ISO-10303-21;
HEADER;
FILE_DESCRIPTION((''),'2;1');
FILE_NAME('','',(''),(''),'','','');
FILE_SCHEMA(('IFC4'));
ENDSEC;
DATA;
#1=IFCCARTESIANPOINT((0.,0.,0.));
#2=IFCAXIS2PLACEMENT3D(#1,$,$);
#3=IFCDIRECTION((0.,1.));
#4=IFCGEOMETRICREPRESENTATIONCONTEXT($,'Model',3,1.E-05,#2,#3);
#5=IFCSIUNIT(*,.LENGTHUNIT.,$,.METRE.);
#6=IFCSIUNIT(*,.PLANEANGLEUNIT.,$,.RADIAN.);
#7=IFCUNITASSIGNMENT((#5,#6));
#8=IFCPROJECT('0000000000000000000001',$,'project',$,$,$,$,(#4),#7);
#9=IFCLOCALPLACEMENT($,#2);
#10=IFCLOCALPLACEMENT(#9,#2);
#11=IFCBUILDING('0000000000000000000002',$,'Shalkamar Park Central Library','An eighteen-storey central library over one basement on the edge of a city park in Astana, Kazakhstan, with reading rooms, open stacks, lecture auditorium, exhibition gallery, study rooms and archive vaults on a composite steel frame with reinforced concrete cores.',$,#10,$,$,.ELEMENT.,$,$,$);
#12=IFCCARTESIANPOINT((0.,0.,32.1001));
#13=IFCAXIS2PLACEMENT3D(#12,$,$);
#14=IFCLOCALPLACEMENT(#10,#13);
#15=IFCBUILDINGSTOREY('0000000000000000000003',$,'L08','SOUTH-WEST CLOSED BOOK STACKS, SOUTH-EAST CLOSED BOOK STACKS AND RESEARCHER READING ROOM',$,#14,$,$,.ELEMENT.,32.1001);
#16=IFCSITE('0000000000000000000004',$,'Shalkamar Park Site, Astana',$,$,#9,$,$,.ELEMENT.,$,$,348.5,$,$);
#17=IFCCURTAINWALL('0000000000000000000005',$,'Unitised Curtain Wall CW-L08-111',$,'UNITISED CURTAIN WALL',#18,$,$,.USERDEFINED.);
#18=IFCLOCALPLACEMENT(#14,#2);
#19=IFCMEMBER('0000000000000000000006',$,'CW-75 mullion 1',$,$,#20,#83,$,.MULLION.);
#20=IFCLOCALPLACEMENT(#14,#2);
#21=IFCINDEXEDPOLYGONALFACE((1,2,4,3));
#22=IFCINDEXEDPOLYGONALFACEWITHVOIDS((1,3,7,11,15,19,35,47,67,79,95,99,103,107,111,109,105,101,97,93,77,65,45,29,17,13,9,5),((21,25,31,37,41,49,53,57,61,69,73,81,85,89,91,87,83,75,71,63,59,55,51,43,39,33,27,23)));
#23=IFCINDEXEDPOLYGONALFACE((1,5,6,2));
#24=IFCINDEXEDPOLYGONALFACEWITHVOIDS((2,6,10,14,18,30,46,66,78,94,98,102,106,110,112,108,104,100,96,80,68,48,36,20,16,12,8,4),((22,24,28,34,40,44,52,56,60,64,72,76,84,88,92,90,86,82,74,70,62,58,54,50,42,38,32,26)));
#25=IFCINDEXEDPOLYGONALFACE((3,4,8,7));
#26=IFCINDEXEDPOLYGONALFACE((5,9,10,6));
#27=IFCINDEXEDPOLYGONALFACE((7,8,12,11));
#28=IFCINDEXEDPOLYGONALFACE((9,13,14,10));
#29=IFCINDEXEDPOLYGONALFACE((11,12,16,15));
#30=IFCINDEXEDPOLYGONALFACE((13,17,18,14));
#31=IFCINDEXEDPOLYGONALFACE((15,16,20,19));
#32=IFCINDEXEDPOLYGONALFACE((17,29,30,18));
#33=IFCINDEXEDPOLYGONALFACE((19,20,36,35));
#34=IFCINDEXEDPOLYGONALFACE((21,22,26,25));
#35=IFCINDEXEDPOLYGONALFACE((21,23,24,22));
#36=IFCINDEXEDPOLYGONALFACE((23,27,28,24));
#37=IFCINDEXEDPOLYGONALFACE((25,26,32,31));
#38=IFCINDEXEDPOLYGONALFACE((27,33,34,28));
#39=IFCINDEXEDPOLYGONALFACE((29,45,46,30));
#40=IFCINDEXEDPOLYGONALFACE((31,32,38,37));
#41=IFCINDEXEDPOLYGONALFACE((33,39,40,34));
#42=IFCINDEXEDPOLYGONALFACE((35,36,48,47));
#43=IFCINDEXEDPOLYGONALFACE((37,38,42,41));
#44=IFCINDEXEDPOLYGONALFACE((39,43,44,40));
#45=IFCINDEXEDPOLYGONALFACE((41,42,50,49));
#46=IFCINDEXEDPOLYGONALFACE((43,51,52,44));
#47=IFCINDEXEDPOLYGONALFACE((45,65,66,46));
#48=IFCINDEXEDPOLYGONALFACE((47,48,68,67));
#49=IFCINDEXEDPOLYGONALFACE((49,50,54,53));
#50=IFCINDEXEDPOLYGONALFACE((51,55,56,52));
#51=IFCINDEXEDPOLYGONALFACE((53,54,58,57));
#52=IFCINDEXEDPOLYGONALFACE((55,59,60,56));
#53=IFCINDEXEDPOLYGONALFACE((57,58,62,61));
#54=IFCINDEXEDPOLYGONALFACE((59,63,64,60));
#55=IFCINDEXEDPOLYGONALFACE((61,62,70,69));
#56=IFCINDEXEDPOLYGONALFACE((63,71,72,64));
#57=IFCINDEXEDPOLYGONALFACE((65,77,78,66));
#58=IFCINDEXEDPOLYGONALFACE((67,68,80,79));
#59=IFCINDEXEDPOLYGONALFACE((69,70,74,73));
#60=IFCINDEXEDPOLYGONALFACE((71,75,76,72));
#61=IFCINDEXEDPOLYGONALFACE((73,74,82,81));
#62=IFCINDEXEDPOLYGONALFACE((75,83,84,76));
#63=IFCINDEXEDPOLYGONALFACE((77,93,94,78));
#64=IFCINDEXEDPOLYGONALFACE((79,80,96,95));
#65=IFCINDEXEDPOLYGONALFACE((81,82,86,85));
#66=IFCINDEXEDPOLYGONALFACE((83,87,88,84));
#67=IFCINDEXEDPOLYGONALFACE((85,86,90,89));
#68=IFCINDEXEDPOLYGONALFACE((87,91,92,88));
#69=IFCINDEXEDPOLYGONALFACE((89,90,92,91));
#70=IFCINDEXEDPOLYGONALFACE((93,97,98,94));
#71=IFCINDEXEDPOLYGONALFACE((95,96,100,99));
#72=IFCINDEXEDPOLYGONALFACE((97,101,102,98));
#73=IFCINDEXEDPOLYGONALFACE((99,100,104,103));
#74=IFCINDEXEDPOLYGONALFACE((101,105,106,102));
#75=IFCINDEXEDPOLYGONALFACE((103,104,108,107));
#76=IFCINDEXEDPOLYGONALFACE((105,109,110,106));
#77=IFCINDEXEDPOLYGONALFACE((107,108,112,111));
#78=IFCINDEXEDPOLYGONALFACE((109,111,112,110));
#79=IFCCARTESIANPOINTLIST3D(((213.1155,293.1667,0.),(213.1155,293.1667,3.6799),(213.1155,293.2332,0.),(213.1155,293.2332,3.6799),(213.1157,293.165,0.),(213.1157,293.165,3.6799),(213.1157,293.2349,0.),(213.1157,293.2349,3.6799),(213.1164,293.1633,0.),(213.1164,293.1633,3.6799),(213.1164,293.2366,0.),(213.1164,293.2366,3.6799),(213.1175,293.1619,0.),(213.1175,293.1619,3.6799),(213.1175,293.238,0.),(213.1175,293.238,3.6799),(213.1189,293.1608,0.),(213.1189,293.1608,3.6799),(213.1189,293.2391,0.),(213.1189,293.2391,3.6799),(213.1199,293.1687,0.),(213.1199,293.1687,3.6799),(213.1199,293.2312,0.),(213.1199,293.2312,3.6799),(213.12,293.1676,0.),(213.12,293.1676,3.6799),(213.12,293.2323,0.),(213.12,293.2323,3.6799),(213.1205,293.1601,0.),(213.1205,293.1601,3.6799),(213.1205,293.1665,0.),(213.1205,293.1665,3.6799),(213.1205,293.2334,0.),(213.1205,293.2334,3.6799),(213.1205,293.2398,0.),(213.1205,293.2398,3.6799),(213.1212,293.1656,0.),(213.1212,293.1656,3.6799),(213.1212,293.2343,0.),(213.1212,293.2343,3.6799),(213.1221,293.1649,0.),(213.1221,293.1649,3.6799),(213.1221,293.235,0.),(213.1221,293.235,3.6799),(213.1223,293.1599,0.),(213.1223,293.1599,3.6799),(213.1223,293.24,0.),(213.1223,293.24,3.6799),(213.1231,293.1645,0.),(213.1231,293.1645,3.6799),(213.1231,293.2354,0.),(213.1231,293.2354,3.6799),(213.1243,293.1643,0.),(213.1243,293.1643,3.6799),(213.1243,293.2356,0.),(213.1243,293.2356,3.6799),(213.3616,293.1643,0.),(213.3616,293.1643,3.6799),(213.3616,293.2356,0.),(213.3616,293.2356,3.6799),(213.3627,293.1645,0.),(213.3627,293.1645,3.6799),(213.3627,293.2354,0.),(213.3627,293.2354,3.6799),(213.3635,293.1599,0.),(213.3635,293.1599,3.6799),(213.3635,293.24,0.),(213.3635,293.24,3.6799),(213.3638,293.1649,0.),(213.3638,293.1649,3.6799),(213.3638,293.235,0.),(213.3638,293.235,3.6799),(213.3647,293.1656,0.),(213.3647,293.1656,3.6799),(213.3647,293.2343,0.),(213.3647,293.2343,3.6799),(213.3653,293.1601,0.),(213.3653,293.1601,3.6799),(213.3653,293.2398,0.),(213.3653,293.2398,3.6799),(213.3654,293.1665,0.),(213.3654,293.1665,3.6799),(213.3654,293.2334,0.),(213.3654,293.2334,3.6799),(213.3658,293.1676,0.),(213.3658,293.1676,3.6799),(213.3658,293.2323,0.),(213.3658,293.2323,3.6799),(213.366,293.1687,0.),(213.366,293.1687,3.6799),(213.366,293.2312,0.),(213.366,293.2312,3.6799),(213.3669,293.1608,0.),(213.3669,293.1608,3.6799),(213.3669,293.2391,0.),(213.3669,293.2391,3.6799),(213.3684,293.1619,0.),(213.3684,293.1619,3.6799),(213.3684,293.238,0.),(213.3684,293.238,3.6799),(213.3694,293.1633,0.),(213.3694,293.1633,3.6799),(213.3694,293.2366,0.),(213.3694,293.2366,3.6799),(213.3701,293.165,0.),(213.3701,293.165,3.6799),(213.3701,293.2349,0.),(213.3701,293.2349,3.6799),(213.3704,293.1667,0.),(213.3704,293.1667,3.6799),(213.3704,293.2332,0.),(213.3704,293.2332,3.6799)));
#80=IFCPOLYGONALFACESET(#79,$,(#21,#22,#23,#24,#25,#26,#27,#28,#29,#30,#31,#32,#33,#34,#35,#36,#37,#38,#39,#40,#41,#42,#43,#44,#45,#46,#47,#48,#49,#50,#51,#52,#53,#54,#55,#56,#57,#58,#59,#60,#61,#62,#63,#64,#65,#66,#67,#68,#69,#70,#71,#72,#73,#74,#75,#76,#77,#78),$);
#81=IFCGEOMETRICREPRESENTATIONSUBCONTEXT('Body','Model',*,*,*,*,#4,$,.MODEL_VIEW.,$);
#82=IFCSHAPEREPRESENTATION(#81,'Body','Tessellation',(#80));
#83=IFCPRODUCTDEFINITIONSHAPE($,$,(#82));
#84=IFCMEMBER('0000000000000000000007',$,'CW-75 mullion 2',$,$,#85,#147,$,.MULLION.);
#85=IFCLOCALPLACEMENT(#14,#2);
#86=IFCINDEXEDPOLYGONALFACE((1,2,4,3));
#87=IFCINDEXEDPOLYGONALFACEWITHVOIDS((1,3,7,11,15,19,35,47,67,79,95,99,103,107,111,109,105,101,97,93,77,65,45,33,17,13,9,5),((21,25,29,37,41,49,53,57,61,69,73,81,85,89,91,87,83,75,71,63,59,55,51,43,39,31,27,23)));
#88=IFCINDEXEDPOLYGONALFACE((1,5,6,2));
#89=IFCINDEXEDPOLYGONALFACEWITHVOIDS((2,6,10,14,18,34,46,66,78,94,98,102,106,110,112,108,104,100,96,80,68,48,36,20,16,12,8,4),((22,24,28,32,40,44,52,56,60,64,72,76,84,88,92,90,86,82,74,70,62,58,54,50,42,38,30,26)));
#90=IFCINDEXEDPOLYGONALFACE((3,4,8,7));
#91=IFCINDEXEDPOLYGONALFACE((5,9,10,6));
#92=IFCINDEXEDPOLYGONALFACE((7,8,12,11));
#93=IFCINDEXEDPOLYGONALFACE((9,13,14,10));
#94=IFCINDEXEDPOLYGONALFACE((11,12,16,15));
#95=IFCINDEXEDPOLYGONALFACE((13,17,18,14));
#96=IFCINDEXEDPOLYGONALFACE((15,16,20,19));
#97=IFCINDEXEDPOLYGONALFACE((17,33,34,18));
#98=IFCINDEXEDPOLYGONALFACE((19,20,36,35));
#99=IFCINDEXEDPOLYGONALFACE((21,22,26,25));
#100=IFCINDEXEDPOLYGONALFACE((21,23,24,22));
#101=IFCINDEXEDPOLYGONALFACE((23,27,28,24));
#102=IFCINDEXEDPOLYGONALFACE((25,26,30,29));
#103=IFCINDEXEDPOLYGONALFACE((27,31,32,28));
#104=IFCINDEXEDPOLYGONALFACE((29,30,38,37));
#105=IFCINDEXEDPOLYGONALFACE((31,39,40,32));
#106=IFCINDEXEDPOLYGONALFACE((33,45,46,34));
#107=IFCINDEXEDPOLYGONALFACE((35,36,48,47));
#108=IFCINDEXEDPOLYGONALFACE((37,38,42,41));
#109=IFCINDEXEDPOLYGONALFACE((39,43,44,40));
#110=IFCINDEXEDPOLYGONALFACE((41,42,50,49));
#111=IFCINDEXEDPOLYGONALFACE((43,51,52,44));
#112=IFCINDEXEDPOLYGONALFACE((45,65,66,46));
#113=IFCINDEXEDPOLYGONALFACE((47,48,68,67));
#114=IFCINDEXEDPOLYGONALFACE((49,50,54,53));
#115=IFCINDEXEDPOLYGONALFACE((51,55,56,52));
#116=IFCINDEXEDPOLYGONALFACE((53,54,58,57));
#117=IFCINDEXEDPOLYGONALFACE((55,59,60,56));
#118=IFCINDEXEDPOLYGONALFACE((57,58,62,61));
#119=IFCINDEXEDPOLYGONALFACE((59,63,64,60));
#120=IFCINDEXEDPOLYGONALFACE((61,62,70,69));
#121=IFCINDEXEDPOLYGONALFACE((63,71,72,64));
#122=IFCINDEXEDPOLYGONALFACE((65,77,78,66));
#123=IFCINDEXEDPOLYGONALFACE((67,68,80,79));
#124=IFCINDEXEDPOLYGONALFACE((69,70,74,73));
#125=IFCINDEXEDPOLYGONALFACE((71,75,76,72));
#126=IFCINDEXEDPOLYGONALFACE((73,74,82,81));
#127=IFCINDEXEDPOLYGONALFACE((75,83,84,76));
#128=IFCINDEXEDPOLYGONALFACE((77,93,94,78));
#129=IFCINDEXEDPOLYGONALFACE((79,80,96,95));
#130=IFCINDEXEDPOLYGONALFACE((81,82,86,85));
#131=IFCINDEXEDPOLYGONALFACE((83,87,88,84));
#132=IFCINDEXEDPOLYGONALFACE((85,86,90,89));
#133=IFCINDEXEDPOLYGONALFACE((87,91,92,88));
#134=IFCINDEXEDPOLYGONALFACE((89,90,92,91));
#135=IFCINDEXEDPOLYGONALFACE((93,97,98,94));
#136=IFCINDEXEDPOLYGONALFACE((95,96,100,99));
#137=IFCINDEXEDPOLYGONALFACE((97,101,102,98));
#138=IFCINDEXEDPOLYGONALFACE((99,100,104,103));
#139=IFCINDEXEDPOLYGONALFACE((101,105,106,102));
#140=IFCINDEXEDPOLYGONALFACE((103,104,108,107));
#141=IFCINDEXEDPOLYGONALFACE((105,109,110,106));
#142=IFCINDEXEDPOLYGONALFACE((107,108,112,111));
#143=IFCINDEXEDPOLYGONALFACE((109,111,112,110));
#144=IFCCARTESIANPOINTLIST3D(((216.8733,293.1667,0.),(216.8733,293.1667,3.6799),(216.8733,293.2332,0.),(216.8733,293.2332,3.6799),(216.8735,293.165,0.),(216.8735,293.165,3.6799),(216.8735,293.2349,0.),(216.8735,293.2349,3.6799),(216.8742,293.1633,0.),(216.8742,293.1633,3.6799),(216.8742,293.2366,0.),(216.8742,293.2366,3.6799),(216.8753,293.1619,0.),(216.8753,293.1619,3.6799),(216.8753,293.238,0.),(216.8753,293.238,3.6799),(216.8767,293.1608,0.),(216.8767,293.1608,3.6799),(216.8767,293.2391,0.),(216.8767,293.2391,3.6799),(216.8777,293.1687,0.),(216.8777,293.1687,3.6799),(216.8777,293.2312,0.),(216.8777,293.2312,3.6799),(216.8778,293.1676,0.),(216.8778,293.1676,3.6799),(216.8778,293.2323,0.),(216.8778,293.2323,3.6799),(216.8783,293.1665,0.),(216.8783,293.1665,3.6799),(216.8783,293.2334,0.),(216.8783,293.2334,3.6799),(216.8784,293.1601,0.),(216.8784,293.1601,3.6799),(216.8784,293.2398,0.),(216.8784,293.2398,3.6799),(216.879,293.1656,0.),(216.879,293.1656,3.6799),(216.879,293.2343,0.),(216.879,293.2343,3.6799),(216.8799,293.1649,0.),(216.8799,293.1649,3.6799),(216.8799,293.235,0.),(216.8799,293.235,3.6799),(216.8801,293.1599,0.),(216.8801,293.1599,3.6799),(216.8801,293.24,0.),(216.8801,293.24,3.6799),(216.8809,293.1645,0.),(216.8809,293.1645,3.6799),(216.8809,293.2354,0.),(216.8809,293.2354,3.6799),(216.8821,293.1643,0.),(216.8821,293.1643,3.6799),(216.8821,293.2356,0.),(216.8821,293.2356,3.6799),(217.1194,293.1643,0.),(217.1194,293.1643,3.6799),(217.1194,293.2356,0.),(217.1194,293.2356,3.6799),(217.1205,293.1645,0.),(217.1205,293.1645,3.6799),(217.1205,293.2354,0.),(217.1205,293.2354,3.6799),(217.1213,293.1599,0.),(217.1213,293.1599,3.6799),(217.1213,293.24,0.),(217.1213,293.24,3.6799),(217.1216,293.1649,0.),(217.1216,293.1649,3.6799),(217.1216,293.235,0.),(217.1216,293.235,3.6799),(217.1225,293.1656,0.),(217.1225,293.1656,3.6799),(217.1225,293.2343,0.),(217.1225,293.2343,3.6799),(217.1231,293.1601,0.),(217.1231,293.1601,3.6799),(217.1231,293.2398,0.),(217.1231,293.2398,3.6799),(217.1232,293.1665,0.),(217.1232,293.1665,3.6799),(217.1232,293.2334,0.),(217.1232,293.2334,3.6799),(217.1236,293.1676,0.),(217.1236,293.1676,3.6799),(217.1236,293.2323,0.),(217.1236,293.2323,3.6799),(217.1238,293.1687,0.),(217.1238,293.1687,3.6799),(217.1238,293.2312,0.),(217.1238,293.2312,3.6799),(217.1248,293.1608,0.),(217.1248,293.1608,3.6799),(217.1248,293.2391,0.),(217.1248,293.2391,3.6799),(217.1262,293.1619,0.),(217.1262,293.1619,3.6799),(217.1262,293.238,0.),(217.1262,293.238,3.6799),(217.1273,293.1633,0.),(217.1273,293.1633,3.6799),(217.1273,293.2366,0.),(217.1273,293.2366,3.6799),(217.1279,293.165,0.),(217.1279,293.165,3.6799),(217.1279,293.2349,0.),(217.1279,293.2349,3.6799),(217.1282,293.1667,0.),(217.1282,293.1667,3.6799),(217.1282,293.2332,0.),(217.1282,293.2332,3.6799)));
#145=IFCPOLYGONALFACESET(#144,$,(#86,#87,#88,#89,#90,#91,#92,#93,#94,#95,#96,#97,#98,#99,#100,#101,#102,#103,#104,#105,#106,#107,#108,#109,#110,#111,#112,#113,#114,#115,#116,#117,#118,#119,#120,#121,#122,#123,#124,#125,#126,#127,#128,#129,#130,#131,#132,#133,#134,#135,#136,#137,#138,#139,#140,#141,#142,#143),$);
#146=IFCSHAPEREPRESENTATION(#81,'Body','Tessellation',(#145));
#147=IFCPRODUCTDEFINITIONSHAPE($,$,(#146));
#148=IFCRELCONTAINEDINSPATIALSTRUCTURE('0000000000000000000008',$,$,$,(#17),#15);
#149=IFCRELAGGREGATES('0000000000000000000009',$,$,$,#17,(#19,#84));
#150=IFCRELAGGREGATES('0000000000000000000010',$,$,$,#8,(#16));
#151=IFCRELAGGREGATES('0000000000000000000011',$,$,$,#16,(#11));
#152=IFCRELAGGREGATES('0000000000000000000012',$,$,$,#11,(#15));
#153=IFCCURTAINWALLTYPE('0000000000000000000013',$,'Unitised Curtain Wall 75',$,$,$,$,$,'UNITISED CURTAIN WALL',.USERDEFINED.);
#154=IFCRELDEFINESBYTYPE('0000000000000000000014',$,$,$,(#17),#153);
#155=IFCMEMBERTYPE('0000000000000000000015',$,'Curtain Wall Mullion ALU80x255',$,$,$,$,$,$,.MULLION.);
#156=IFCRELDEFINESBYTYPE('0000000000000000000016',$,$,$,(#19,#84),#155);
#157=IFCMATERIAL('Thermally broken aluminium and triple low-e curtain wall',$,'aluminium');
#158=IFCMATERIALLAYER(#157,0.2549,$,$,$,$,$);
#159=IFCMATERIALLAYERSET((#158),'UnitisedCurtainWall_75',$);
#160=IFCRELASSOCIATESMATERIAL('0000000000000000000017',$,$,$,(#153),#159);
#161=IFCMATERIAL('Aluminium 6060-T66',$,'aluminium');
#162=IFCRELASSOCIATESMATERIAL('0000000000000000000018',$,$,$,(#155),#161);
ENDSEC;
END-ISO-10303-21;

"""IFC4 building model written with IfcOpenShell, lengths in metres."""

from ifc_helpers import new_model, si_unit, direction, frame, origin, origin_2d, place, context, subcontext, project, spatial, hollow_rectangle, extrude, material, layer, layer_set, material_profile, profile_set, type_object, element, aggregate, save


model = new_model("IFC4")

# Units and contexts
model_context = context("Model", 3, precision=1e-05, world=origin(), true_north=direction((0.0, 1.0)))
body_context = subcontext(model_context, "Body", "Model", "MODEL_VIEW")
ifc_project = project(units=[si_unit("LENGTHUNIT", "METRE"), si_unit("PLANEANGLEUNIT", "RADIAN")], contexts=[model_context])

# Site, building, storey
site_placement = place(None, origin())
site = spatial("IfcSite", under=ifc_project, at=site_placement, Name="Shalkamar Park Site, Astana", CompositionType="ELEMENT", RefElevation=348.5)
building_placement = place(site_placement, origin())
building = spatial("IfcBuilding", under=site, at=building_placement, Name="Shalkamar Park Central Library", Description="An eighteen-storey central library over one basement on the edge of a city park in Astana, Kazakhstan, with reading rooms, open stacks, lecture auditorium, exhibition gallery, study rooms and archive vaults on a composite steel frame with reinforced concrete cores.", CompositionType="ELEMENT")
storey_placement = place(building_placement, frame((0.0, 0.0, 32.1001)))
storey = spatial("IfcBuildingStorey", under=building, at=storey_placement, Name="L08", Description="SOUTH-WEST CLOSED BOOK STACKS, SOUTH-EAST CLOSED BOOK STACKS AND RESEARCHER READING ROOM", CompositionType="ELEMENT", Elevation=32.1001)

# Shared definitions
ifc_material_1 = material(Name="Thermally broken aluminium and triple low-e curtain wall", Category="aluminium")
ifc_material_2 = material(Name="Aluminium 6060-T66", Category="aluminium")

# Curtain wall, members
ifc_layer_1 = layer(ifc_material_1, 0.2549)
ifc_layer_set_1 = layer_set([ifc_layer_1], Name="UnitisedCurtainWall_75")
curtain_wall_type_1 = type_object("IfcCurtainWallType", Name="Unitised Curtain Wall 75", ElementType="UNITISED CURTAIN WALL", PredefinedType="USERDEFINED", material=ifc_layer_set_1)
curtain_wall_1_placement = place(storey_placement, origin())
curtain_wall_1 = element("IfcCurtainWall", 1, at=curtain_wall_1_placement, inside=storey, type_object=curtain_wall_type_1, Name="Unitised Curtain Wall CW-L08-111", ObjectType="UNITISED CURTAIN WALL", PredefinedType="USERDEFINED")
ifc_material_profile_1 = material_profile(ifc_material_2, hollow_rectangle(XDim=0.0801, YDim=0.2549, WallThickness=0.0044, InnerFilletRadius=0.0044, OuterFilletRadius=0.0068, at=origin_2d()), Name="ALU 80x255x4.5")
ifc_profile_set_1 = profile_set([ifc_material_profile_1], Name="Aluminium 6060-T66")
member_type_1 = type_object("IfcMemberType", Name="Curtain Wall Mullion ALU80x255", PredefinedType="MULLION", material=ifc_profile_set_1)
member_1_placement = place(storey_placement, frame((213.2429, 293.2, 0.0), z_axis=(0.0, 0.0, 1.0), x_axis=(0.0, 1.0, 0.0)))
member_1 = element("IfcMember", 2, at=member_1_placement, type_object=member_type_1, Name="CW-75 mullion 1", PredefinedType="MULLION", context=body_context, shape_type="SweptSolid", body=[
    extrude(hollow_rectangle(XDim=0.0801, YDim=0.2549, WallThickness=0.0044, InnerFilletRadius=0.0044, OuterFilletRadius=0.0068, at=origin_2d()), origin(), (0.0, 0.0, 1.0), 3.6799),
])
member_2_placement = place(storey_placement, frame((217.0007, 293.2, 0.0), z_axis=(0.0, 0.0, 1.0), x_axis=(0.0, 1.0, 0.0)))
member_2 = element("IfcMember", 3, at=member_2_placement, type_object=member_type_1, Name="CW-75 mullion 2", PredefinedType="MULLION", context=body_context, shape_type="SweptSolid", body=[
    extrude(hollow_rectangle(XDim=0.0801, YDim=0.2549, WallThickness=0.0044, InnerFilletRadius=0.0044, OuterFilletRadius=0.0068, at=origin_2d()), origin(), (0.0, 0.0, 1.0), 3.6799),
])

aggregate(curtain_wall_1, [member_1, member_2])

save(model, "model.ifc")
